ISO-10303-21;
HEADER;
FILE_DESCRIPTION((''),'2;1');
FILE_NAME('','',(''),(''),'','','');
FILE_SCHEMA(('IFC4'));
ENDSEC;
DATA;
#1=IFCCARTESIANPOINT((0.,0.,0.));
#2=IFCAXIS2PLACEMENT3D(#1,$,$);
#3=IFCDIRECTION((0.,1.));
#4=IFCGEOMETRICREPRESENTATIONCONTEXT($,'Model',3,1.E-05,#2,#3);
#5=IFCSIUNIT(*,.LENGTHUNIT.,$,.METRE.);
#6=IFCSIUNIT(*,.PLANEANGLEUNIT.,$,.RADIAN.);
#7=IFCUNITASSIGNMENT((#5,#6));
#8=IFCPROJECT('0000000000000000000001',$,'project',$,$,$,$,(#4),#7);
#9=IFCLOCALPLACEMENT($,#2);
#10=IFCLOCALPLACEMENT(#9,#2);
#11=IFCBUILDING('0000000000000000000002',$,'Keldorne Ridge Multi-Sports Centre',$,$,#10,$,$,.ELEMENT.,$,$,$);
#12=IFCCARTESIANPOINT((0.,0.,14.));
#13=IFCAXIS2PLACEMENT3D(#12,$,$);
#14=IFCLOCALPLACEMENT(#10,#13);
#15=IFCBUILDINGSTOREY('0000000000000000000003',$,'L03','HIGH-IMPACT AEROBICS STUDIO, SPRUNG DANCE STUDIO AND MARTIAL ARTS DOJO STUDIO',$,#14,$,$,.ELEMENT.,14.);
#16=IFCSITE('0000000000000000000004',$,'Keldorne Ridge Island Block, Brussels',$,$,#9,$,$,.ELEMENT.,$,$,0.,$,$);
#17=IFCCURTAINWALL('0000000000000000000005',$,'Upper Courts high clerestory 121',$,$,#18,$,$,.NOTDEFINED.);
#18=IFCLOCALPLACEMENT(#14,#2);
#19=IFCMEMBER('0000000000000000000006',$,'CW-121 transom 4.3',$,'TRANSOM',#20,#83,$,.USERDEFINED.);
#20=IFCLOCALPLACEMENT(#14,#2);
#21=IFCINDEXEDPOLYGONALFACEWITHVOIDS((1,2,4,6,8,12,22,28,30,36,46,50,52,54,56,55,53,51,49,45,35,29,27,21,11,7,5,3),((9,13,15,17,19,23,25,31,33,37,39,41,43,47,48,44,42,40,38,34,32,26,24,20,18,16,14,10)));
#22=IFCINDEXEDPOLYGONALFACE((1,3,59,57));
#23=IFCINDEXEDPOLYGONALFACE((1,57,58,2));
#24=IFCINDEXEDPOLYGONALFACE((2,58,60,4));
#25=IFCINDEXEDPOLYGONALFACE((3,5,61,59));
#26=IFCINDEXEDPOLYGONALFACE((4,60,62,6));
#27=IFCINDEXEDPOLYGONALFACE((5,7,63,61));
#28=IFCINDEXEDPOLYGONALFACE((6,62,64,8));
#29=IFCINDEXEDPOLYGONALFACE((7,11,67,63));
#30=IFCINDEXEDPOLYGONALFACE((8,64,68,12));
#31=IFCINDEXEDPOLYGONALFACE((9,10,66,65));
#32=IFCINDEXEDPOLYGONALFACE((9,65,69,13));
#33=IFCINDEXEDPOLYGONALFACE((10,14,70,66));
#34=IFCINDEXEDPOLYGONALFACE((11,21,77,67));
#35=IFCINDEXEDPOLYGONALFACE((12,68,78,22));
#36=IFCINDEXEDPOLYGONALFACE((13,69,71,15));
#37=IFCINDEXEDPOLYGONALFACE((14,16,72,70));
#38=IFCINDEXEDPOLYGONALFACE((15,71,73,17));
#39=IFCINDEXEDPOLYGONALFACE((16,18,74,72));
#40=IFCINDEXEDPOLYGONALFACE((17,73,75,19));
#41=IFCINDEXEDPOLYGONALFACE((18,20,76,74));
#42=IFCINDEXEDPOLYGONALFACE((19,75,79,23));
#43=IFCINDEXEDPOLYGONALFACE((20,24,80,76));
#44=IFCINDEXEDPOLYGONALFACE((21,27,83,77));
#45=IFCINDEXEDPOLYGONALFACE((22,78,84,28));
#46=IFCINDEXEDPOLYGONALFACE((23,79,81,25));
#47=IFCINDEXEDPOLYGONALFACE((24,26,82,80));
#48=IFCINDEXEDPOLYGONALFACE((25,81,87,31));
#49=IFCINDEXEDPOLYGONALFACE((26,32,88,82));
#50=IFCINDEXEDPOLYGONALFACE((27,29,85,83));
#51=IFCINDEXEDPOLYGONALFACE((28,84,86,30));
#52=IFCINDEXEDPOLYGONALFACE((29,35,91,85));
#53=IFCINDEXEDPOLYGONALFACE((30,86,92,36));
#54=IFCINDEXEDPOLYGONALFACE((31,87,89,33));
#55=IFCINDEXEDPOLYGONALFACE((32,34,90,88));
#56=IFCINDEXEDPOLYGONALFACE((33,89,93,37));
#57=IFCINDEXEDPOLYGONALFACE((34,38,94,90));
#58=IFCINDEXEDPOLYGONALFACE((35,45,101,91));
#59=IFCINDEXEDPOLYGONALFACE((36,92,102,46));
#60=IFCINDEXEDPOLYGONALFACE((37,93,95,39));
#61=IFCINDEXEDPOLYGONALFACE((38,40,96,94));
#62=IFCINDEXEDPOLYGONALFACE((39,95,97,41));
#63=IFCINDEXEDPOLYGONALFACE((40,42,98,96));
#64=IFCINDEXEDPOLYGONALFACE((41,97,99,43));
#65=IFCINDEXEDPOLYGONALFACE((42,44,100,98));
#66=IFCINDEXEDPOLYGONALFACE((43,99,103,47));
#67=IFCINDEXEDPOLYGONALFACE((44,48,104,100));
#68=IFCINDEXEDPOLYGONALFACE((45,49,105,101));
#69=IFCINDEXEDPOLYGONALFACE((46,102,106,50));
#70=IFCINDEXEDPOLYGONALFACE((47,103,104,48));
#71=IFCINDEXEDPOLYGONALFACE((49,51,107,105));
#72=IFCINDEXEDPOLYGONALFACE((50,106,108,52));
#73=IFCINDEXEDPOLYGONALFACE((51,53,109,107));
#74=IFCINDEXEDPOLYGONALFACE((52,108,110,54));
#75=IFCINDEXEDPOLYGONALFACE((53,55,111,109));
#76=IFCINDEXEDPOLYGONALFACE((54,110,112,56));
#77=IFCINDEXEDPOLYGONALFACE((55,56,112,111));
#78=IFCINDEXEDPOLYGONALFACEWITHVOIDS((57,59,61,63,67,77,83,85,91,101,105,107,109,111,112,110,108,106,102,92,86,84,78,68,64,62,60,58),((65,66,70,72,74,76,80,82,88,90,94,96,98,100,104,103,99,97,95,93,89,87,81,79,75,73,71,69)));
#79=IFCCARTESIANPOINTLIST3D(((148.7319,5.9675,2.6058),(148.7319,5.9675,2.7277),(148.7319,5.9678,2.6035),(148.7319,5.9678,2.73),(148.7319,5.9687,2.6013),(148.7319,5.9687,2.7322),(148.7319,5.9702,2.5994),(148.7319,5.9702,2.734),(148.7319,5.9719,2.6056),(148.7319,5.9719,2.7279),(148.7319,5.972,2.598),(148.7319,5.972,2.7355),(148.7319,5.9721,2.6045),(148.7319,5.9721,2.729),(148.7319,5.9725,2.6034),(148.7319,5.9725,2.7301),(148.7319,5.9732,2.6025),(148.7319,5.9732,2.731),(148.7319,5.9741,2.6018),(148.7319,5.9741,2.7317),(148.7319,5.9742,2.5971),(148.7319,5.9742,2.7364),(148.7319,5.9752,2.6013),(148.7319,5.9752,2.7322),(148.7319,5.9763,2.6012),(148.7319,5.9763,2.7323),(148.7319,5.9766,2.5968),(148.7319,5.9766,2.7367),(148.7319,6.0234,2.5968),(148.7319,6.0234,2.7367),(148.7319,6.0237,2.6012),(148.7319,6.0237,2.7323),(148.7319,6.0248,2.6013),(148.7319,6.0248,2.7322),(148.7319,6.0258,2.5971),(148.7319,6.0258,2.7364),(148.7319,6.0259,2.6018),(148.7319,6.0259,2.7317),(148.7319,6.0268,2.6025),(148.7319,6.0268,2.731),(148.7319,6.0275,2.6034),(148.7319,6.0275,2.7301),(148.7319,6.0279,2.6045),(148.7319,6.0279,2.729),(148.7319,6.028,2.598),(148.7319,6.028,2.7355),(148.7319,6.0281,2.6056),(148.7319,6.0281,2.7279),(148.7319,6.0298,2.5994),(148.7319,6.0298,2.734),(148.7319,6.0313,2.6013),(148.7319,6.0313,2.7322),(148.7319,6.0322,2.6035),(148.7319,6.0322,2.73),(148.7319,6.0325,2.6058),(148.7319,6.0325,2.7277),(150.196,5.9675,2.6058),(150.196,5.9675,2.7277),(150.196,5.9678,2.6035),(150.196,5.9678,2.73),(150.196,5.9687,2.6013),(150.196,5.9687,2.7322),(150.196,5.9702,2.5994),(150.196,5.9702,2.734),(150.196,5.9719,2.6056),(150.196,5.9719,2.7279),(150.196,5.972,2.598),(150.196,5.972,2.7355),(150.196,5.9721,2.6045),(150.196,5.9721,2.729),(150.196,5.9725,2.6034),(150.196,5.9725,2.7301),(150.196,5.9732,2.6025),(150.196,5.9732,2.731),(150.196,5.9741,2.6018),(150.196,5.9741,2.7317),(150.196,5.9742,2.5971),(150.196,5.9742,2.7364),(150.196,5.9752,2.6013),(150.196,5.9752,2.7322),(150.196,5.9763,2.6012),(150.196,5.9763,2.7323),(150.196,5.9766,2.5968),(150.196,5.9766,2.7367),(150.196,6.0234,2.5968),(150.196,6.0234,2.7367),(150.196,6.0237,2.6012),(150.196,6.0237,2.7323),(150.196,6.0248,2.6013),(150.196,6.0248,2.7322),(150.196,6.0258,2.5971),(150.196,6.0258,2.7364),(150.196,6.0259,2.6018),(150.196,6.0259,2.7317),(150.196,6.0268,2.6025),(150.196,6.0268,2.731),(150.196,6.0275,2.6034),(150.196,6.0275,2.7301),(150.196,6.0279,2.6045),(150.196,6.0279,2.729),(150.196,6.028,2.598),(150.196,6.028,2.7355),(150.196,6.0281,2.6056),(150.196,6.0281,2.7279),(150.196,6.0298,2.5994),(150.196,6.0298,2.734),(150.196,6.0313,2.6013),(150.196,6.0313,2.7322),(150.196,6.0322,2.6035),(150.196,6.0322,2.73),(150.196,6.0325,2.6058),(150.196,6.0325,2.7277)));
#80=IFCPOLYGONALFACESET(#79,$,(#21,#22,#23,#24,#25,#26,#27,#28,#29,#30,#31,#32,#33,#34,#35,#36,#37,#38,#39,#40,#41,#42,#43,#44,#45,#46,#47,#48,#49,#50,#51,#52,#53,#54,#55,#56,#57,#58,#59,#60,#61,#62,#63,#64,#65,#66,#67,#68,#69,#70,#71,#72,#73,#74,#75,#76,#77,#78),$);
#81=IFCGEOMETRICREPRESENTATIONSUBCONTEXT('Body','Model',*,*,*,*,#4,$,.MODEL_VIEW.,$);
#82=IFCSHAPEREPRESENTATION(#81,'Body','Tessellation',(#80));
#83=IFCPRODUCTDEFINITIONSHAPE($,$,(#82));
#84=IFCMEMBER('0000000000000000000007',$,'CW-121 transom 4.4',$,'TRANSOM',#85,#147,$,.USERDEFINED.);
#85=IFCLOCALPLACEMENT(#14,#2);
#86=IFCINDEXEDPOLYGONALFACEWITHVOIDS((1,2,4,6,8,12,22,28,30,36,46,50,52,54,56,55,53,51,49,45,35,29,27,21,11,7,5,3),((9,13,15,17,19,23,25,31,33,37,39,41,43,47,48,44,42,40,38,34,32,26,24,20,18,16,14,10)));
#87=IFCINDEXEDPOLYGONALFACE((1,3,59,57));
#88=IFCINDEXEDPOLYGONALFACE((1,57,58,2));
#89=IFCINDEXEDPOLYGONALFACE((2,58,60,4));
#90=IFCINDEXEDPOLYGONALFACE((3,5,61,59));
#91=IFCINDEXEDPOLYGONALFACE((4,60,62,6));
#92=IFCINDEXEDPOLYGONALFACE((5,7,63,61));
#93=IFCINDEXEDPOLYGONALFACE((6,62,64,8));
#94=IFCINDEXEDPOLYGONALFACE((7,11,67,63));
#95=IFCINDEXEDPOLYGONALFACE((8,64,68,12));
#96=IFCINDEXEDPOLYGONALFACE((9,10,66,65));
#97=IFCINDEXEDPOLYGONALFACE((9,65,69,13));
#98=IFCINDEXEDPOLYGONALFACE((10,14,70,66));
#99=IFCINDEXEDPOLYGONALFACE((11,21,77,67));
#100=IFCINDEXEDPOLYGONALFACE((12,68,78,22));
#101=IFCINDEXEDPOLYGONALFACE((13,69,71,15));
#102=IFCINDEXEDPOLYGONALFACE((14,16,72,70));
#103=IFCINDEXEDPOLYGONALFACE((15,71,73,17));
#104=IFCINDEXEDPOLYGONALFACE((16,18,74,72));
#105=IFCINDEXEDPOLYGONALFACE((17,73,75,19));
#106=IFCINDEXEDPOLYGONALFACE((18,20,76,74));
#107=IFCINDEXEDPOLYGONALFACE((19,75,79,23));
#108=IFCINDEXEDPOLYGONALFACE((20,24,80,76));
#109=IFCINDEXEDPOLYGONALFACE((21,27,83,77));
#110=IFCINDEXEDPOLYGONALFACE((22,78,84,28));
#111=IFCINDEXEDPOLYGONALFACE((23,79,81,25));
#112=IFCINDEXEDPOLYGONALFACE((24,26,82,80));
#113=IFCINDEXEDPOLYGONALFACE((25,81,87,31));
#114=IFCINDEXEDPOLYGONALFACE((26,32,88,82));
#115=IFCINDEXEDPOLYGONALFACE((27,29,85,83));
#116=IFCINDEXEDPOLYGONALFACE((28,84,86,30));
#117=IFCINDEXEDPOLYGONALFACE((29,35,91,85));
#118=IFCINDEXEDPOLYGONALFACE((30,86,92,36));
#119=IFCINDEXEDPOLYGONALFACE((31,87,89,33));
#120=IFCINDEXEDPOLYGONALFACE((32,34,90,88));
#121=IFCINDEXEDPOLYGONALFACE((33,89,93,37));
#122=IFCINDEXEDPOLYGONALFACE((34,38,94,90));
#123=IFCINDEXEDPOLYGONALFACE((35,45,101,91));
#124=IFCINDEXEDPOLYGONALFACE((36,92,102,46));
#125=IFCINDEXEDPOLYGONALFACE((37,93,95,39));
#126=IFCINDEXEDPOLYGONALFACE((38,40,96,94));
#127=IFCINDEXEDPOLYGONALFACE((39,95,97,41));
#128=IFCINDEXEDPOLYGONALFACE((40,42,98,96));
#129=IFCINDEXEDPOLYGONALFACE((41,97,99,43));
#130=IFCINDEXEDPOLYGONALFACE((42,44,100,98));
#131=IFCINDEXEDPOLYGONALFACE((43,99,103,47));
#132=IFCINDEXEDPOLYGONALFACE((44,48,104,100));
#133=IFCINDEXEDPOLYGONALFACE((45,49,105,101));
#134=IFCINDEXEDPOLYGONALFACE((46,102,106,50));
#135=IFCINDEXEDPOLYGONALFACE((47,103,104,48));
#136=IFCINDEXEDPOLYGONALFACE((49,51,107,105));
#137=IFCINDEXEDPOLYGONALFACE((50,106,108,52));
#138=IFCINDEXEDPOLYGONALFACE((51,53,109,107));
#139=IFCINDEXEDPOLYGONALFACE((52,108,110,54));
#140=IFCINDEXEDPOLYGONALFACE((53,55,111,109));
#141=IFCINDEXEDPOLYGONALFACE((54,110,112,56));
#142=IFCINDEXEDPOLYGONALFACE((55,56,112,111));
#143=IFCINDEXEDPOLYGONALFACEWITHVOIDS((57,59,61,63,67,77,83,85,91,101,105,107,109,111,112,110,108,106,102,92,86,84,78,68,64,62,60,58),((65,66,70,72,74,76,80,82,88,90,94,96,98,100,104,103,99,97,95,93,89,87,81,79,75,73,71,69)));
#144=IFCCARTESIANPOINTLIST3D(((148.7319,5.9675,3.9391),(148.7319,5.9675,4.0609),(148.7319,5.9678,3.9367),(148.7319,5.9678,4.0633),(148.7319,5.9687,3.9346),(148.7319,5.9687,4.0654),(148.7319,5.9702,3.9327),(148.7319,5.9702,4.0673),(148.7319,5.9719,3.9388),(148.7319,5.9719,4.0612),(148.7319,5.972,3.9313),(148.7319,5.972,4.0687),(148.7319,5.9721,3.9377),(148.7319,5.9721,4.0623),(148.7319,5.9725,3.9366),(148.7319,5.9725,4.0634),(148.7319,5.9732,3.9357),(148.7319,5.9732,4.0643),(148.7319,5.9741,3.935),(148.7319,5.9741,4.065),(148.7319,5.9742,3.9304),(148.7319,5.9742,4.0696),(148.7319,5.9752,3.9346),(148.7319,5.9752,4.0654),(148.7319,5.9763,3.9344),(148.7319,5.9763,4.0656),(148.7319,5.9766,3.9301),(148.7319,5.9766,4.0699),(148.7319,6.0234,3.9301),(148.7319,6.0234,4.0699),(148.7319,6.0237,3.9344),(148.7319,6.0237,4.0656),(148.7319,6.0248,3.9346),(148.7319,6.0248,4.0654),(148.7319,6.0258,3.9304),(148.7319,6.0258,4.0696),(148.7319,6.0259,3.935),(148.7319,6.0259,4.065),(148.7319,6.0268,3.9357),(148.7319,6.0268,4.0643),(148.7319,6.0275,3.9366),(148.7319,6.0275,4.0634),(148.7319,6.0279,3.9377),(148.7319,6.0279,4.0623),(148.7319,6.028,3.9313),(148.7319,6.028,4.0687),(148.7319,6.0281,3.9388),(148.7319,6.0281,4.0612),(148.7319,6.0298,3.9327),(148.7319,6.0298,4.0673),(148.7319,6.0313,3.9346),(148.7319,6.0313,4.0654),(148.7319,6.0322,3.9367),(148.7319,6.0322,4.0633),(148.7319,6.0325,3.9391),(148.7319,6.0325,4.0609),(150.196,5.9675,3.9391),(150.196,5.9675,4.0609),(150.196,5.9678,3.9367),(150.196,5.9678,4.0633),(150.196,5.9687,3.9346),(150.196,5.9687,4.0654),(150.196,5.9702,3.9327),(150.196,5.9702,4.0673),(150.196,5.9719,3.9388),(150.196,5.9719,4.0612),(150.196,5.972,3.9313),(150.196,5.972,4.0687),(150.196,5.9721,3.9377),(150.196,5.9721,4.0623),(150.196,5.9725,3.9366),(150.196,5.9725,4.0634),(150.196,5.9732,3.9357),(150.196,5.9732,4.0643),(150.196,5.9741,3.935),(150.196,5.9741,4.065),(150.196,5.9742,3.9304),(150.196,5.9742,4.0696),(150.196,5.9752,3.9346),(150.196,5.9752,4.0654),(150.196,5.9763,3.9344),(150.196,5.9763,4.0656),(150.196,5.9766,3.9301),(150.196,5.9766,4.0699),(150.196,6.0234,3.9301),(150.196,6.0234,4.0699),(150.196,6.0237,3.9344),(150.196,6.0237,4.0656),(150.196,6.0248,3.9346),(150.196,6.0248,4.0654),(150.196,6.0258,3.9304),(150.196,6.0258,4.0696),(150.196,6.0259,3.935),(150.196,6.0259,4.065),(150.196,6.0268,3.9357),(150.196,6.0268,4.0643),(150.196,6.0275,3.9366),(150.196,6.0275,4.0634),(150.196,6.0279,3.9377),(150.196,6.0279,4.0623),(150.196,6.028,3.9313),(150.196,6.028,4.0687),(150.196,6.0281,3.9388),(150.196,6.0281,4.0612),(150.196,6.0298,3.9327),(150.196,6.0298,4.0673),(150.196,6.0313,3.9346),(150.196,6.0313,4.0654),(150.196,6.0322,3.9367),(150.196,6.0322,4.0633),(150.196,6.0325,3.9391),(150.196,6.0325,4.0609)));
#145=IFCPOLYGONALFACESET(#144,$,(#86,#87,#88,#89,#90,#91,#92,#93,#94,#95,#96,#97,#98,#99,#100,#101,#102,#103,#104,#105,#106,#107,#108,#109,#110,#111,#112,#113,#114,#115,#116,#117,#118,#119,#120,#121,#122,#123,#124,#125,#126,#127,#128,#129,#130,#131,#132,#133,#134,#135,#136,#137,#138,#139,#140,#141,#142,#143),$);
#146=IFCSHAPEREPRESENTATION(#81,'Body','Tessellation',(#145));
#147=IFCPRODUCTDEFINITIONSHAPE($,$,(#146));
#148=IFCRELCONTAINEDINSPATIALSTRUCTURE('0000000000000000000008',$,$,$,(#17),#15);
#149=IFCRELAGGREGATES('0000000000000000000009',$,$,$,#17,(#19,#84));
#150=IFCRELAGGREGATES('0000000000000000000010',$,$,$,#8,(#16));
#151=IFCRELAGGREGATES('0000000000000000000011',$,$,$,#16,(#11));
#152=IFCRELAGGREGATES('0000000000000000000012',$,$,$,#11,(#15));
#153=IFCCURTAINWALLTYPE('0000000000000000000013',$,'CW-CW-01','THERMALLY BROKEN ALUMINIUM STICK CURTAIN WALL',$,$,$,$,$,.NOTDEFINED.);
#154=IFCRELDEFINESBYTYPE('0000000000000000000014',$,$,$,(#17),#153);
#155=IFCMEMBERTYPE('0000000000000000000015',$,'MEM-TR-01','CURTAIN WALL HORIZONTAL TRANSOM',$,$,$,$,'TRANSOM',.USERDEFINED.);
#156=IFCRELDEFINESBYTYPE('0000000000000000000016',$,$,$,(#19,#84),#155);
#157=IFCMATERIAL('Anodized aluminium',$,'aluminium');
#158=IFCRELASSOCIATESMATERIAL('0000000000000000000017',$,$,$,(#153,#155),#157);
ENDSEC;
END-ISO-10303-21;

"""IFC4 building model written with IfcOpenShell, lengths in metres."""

from ifc_helpers import new_model, si_unit, direction, frame, origin, origin_2d, place, context, subcontext, project, spatial, hollow_rectangle, extrude, material, material_profile, profile_set, type_object, element, aggregate, save


model = new_model("IFC4")

# Units and contexts
model_context = context("Model", 3, precision=1e-05, world=origin(), true_north=direction((0.0, 1.0)))
body_context = subcontext(model_context, "Body", "Model", "MODEL_VIEW")
ifc_project = project(units=[si_unit("LENGTHUNIT", "METRE"), si_unit("PLANEANGLEUNIT", "RADIAN")], contexts=[model_context])

# Site, building, storey
site_placement = place(None, origin())
site = spatial("IfcSite", under=ifc_project, at=site_placement, Name="Keldorne Ridge Island Block, Brussels", CompositionType="ELEMENT", RefElevation=0.0)
building_placement = place(site_placement, origin())
building = spatial("IfcBuilding", under=site, at=building_placement, Name="Keldorne Ridge Multi-Sports Centre", CompositionType="ELEMENT")
storey_placement = place(building_placement, frame((0.0, 0.0, 14.0)))
storey = spatial("IfcBuildingStorey", under=building, at=storey_placement, Name="L03", Description="HIGH-IMPACT AEROBICS STUDIO, SPRUNG DANCE STUDIO AND MARTIAL ARTS DOJO STUDIO", CompositionType="ELEMENT", Elevation=14.0)

# Curtain wall
ifc_material_1 = material(Name="Anodized aluminium", Category="aluminium")
curtain_wall_type = type_object("IfcCurtainWallType", Name="CW-CW-01", Description="THERMALLY BROKEN ALUMINIUM STICK CURTAIN WALL", PredefinedType="NOTDEFINED", material=ifc_material_1)
curtain_wall_placement = place(storey_placement, origin())
curtain_wall = element("IfcCurtainWall", 1, at=curtain_wall_placement, inside=storey, type_object=curtain_wall_type, Name="Upper Courts high clerestory 121", PredefinedType="NOTDEFINED")

# Members
ifc_material_profile_1 = material_profile(ifc_material_1, hollow_rectangle(XDim=0.0649, YDim=0.1399, WallThickness=0.0044, InnerFilletRadius=0.0044, OuterFilletRadius=0.009, at=origin_2d()), Name="ALU TRANSOM 140x65x4.5")
ifc_profile_set_1 = profile_set([ifc_material_profile_1], Name="Anodized aluminium")
member_type_1 = type_object("IfcMemberType", Name="MEM-TR-01", Description="CURTAIN WALL HORIZONTAL TRANSOM", ElementType="TRANSOM", PredefinedType="USERDEFINED", material=ifc_profile_set_1)
member_1_placement = place(storey_placement, frame((148.7319, 6.0, 2.6667), z_axis=(1.0, 0.0, 0.0), x_axis=(0.0, 1.0, 0.0)))
member_1 = element("IfcMember", 2, at=member_1_placement, type_object=member_type_1, Name="CW-121 transom 4.3", ObjectType="TRANSOM", PredefinedType="USERDEFINED", context=body_context, shape_type="SweptSolid", body=[
    extrude(hollow_rectangle(XDim=0.0649, YDim=0.1399, WallThickness=0.0044, InnerFilletRadius=0.0044, OuterFilletRadius=0.009, at=origin_2d()), origin(), (0.0, 0.0, 1.0), 1.4641),
])
member_2_placement = place(storey_placement, frame((148.7319, 6.0, 4.0), z_axis=(1.0, 0.0, 0.0), x_axis=(0.0, 1.0, 0.0)))
member_2 = element("IfcMember", 3, at=member_2_placement, type_object=member_type_1, Name="CW-121 transom 4.4", ObjectType="TRANSOM", PredefinedType="USERDEFINED", context=body_context, shape_type="SweptSolid", body=[
    extrude(hollow_rectangle(XDim=0.0649, YDim=0.1399, WallThickness=0.0044, InnerFilletRadius=0.0044, OuterFilletRadius=0.009, at=origin_2d()), origin(), (0.0, 0.0, 1.0), 1.4641),
])

aggregate(curtain_wall, [member_1, member_2])

save(model, "model.ifc")
